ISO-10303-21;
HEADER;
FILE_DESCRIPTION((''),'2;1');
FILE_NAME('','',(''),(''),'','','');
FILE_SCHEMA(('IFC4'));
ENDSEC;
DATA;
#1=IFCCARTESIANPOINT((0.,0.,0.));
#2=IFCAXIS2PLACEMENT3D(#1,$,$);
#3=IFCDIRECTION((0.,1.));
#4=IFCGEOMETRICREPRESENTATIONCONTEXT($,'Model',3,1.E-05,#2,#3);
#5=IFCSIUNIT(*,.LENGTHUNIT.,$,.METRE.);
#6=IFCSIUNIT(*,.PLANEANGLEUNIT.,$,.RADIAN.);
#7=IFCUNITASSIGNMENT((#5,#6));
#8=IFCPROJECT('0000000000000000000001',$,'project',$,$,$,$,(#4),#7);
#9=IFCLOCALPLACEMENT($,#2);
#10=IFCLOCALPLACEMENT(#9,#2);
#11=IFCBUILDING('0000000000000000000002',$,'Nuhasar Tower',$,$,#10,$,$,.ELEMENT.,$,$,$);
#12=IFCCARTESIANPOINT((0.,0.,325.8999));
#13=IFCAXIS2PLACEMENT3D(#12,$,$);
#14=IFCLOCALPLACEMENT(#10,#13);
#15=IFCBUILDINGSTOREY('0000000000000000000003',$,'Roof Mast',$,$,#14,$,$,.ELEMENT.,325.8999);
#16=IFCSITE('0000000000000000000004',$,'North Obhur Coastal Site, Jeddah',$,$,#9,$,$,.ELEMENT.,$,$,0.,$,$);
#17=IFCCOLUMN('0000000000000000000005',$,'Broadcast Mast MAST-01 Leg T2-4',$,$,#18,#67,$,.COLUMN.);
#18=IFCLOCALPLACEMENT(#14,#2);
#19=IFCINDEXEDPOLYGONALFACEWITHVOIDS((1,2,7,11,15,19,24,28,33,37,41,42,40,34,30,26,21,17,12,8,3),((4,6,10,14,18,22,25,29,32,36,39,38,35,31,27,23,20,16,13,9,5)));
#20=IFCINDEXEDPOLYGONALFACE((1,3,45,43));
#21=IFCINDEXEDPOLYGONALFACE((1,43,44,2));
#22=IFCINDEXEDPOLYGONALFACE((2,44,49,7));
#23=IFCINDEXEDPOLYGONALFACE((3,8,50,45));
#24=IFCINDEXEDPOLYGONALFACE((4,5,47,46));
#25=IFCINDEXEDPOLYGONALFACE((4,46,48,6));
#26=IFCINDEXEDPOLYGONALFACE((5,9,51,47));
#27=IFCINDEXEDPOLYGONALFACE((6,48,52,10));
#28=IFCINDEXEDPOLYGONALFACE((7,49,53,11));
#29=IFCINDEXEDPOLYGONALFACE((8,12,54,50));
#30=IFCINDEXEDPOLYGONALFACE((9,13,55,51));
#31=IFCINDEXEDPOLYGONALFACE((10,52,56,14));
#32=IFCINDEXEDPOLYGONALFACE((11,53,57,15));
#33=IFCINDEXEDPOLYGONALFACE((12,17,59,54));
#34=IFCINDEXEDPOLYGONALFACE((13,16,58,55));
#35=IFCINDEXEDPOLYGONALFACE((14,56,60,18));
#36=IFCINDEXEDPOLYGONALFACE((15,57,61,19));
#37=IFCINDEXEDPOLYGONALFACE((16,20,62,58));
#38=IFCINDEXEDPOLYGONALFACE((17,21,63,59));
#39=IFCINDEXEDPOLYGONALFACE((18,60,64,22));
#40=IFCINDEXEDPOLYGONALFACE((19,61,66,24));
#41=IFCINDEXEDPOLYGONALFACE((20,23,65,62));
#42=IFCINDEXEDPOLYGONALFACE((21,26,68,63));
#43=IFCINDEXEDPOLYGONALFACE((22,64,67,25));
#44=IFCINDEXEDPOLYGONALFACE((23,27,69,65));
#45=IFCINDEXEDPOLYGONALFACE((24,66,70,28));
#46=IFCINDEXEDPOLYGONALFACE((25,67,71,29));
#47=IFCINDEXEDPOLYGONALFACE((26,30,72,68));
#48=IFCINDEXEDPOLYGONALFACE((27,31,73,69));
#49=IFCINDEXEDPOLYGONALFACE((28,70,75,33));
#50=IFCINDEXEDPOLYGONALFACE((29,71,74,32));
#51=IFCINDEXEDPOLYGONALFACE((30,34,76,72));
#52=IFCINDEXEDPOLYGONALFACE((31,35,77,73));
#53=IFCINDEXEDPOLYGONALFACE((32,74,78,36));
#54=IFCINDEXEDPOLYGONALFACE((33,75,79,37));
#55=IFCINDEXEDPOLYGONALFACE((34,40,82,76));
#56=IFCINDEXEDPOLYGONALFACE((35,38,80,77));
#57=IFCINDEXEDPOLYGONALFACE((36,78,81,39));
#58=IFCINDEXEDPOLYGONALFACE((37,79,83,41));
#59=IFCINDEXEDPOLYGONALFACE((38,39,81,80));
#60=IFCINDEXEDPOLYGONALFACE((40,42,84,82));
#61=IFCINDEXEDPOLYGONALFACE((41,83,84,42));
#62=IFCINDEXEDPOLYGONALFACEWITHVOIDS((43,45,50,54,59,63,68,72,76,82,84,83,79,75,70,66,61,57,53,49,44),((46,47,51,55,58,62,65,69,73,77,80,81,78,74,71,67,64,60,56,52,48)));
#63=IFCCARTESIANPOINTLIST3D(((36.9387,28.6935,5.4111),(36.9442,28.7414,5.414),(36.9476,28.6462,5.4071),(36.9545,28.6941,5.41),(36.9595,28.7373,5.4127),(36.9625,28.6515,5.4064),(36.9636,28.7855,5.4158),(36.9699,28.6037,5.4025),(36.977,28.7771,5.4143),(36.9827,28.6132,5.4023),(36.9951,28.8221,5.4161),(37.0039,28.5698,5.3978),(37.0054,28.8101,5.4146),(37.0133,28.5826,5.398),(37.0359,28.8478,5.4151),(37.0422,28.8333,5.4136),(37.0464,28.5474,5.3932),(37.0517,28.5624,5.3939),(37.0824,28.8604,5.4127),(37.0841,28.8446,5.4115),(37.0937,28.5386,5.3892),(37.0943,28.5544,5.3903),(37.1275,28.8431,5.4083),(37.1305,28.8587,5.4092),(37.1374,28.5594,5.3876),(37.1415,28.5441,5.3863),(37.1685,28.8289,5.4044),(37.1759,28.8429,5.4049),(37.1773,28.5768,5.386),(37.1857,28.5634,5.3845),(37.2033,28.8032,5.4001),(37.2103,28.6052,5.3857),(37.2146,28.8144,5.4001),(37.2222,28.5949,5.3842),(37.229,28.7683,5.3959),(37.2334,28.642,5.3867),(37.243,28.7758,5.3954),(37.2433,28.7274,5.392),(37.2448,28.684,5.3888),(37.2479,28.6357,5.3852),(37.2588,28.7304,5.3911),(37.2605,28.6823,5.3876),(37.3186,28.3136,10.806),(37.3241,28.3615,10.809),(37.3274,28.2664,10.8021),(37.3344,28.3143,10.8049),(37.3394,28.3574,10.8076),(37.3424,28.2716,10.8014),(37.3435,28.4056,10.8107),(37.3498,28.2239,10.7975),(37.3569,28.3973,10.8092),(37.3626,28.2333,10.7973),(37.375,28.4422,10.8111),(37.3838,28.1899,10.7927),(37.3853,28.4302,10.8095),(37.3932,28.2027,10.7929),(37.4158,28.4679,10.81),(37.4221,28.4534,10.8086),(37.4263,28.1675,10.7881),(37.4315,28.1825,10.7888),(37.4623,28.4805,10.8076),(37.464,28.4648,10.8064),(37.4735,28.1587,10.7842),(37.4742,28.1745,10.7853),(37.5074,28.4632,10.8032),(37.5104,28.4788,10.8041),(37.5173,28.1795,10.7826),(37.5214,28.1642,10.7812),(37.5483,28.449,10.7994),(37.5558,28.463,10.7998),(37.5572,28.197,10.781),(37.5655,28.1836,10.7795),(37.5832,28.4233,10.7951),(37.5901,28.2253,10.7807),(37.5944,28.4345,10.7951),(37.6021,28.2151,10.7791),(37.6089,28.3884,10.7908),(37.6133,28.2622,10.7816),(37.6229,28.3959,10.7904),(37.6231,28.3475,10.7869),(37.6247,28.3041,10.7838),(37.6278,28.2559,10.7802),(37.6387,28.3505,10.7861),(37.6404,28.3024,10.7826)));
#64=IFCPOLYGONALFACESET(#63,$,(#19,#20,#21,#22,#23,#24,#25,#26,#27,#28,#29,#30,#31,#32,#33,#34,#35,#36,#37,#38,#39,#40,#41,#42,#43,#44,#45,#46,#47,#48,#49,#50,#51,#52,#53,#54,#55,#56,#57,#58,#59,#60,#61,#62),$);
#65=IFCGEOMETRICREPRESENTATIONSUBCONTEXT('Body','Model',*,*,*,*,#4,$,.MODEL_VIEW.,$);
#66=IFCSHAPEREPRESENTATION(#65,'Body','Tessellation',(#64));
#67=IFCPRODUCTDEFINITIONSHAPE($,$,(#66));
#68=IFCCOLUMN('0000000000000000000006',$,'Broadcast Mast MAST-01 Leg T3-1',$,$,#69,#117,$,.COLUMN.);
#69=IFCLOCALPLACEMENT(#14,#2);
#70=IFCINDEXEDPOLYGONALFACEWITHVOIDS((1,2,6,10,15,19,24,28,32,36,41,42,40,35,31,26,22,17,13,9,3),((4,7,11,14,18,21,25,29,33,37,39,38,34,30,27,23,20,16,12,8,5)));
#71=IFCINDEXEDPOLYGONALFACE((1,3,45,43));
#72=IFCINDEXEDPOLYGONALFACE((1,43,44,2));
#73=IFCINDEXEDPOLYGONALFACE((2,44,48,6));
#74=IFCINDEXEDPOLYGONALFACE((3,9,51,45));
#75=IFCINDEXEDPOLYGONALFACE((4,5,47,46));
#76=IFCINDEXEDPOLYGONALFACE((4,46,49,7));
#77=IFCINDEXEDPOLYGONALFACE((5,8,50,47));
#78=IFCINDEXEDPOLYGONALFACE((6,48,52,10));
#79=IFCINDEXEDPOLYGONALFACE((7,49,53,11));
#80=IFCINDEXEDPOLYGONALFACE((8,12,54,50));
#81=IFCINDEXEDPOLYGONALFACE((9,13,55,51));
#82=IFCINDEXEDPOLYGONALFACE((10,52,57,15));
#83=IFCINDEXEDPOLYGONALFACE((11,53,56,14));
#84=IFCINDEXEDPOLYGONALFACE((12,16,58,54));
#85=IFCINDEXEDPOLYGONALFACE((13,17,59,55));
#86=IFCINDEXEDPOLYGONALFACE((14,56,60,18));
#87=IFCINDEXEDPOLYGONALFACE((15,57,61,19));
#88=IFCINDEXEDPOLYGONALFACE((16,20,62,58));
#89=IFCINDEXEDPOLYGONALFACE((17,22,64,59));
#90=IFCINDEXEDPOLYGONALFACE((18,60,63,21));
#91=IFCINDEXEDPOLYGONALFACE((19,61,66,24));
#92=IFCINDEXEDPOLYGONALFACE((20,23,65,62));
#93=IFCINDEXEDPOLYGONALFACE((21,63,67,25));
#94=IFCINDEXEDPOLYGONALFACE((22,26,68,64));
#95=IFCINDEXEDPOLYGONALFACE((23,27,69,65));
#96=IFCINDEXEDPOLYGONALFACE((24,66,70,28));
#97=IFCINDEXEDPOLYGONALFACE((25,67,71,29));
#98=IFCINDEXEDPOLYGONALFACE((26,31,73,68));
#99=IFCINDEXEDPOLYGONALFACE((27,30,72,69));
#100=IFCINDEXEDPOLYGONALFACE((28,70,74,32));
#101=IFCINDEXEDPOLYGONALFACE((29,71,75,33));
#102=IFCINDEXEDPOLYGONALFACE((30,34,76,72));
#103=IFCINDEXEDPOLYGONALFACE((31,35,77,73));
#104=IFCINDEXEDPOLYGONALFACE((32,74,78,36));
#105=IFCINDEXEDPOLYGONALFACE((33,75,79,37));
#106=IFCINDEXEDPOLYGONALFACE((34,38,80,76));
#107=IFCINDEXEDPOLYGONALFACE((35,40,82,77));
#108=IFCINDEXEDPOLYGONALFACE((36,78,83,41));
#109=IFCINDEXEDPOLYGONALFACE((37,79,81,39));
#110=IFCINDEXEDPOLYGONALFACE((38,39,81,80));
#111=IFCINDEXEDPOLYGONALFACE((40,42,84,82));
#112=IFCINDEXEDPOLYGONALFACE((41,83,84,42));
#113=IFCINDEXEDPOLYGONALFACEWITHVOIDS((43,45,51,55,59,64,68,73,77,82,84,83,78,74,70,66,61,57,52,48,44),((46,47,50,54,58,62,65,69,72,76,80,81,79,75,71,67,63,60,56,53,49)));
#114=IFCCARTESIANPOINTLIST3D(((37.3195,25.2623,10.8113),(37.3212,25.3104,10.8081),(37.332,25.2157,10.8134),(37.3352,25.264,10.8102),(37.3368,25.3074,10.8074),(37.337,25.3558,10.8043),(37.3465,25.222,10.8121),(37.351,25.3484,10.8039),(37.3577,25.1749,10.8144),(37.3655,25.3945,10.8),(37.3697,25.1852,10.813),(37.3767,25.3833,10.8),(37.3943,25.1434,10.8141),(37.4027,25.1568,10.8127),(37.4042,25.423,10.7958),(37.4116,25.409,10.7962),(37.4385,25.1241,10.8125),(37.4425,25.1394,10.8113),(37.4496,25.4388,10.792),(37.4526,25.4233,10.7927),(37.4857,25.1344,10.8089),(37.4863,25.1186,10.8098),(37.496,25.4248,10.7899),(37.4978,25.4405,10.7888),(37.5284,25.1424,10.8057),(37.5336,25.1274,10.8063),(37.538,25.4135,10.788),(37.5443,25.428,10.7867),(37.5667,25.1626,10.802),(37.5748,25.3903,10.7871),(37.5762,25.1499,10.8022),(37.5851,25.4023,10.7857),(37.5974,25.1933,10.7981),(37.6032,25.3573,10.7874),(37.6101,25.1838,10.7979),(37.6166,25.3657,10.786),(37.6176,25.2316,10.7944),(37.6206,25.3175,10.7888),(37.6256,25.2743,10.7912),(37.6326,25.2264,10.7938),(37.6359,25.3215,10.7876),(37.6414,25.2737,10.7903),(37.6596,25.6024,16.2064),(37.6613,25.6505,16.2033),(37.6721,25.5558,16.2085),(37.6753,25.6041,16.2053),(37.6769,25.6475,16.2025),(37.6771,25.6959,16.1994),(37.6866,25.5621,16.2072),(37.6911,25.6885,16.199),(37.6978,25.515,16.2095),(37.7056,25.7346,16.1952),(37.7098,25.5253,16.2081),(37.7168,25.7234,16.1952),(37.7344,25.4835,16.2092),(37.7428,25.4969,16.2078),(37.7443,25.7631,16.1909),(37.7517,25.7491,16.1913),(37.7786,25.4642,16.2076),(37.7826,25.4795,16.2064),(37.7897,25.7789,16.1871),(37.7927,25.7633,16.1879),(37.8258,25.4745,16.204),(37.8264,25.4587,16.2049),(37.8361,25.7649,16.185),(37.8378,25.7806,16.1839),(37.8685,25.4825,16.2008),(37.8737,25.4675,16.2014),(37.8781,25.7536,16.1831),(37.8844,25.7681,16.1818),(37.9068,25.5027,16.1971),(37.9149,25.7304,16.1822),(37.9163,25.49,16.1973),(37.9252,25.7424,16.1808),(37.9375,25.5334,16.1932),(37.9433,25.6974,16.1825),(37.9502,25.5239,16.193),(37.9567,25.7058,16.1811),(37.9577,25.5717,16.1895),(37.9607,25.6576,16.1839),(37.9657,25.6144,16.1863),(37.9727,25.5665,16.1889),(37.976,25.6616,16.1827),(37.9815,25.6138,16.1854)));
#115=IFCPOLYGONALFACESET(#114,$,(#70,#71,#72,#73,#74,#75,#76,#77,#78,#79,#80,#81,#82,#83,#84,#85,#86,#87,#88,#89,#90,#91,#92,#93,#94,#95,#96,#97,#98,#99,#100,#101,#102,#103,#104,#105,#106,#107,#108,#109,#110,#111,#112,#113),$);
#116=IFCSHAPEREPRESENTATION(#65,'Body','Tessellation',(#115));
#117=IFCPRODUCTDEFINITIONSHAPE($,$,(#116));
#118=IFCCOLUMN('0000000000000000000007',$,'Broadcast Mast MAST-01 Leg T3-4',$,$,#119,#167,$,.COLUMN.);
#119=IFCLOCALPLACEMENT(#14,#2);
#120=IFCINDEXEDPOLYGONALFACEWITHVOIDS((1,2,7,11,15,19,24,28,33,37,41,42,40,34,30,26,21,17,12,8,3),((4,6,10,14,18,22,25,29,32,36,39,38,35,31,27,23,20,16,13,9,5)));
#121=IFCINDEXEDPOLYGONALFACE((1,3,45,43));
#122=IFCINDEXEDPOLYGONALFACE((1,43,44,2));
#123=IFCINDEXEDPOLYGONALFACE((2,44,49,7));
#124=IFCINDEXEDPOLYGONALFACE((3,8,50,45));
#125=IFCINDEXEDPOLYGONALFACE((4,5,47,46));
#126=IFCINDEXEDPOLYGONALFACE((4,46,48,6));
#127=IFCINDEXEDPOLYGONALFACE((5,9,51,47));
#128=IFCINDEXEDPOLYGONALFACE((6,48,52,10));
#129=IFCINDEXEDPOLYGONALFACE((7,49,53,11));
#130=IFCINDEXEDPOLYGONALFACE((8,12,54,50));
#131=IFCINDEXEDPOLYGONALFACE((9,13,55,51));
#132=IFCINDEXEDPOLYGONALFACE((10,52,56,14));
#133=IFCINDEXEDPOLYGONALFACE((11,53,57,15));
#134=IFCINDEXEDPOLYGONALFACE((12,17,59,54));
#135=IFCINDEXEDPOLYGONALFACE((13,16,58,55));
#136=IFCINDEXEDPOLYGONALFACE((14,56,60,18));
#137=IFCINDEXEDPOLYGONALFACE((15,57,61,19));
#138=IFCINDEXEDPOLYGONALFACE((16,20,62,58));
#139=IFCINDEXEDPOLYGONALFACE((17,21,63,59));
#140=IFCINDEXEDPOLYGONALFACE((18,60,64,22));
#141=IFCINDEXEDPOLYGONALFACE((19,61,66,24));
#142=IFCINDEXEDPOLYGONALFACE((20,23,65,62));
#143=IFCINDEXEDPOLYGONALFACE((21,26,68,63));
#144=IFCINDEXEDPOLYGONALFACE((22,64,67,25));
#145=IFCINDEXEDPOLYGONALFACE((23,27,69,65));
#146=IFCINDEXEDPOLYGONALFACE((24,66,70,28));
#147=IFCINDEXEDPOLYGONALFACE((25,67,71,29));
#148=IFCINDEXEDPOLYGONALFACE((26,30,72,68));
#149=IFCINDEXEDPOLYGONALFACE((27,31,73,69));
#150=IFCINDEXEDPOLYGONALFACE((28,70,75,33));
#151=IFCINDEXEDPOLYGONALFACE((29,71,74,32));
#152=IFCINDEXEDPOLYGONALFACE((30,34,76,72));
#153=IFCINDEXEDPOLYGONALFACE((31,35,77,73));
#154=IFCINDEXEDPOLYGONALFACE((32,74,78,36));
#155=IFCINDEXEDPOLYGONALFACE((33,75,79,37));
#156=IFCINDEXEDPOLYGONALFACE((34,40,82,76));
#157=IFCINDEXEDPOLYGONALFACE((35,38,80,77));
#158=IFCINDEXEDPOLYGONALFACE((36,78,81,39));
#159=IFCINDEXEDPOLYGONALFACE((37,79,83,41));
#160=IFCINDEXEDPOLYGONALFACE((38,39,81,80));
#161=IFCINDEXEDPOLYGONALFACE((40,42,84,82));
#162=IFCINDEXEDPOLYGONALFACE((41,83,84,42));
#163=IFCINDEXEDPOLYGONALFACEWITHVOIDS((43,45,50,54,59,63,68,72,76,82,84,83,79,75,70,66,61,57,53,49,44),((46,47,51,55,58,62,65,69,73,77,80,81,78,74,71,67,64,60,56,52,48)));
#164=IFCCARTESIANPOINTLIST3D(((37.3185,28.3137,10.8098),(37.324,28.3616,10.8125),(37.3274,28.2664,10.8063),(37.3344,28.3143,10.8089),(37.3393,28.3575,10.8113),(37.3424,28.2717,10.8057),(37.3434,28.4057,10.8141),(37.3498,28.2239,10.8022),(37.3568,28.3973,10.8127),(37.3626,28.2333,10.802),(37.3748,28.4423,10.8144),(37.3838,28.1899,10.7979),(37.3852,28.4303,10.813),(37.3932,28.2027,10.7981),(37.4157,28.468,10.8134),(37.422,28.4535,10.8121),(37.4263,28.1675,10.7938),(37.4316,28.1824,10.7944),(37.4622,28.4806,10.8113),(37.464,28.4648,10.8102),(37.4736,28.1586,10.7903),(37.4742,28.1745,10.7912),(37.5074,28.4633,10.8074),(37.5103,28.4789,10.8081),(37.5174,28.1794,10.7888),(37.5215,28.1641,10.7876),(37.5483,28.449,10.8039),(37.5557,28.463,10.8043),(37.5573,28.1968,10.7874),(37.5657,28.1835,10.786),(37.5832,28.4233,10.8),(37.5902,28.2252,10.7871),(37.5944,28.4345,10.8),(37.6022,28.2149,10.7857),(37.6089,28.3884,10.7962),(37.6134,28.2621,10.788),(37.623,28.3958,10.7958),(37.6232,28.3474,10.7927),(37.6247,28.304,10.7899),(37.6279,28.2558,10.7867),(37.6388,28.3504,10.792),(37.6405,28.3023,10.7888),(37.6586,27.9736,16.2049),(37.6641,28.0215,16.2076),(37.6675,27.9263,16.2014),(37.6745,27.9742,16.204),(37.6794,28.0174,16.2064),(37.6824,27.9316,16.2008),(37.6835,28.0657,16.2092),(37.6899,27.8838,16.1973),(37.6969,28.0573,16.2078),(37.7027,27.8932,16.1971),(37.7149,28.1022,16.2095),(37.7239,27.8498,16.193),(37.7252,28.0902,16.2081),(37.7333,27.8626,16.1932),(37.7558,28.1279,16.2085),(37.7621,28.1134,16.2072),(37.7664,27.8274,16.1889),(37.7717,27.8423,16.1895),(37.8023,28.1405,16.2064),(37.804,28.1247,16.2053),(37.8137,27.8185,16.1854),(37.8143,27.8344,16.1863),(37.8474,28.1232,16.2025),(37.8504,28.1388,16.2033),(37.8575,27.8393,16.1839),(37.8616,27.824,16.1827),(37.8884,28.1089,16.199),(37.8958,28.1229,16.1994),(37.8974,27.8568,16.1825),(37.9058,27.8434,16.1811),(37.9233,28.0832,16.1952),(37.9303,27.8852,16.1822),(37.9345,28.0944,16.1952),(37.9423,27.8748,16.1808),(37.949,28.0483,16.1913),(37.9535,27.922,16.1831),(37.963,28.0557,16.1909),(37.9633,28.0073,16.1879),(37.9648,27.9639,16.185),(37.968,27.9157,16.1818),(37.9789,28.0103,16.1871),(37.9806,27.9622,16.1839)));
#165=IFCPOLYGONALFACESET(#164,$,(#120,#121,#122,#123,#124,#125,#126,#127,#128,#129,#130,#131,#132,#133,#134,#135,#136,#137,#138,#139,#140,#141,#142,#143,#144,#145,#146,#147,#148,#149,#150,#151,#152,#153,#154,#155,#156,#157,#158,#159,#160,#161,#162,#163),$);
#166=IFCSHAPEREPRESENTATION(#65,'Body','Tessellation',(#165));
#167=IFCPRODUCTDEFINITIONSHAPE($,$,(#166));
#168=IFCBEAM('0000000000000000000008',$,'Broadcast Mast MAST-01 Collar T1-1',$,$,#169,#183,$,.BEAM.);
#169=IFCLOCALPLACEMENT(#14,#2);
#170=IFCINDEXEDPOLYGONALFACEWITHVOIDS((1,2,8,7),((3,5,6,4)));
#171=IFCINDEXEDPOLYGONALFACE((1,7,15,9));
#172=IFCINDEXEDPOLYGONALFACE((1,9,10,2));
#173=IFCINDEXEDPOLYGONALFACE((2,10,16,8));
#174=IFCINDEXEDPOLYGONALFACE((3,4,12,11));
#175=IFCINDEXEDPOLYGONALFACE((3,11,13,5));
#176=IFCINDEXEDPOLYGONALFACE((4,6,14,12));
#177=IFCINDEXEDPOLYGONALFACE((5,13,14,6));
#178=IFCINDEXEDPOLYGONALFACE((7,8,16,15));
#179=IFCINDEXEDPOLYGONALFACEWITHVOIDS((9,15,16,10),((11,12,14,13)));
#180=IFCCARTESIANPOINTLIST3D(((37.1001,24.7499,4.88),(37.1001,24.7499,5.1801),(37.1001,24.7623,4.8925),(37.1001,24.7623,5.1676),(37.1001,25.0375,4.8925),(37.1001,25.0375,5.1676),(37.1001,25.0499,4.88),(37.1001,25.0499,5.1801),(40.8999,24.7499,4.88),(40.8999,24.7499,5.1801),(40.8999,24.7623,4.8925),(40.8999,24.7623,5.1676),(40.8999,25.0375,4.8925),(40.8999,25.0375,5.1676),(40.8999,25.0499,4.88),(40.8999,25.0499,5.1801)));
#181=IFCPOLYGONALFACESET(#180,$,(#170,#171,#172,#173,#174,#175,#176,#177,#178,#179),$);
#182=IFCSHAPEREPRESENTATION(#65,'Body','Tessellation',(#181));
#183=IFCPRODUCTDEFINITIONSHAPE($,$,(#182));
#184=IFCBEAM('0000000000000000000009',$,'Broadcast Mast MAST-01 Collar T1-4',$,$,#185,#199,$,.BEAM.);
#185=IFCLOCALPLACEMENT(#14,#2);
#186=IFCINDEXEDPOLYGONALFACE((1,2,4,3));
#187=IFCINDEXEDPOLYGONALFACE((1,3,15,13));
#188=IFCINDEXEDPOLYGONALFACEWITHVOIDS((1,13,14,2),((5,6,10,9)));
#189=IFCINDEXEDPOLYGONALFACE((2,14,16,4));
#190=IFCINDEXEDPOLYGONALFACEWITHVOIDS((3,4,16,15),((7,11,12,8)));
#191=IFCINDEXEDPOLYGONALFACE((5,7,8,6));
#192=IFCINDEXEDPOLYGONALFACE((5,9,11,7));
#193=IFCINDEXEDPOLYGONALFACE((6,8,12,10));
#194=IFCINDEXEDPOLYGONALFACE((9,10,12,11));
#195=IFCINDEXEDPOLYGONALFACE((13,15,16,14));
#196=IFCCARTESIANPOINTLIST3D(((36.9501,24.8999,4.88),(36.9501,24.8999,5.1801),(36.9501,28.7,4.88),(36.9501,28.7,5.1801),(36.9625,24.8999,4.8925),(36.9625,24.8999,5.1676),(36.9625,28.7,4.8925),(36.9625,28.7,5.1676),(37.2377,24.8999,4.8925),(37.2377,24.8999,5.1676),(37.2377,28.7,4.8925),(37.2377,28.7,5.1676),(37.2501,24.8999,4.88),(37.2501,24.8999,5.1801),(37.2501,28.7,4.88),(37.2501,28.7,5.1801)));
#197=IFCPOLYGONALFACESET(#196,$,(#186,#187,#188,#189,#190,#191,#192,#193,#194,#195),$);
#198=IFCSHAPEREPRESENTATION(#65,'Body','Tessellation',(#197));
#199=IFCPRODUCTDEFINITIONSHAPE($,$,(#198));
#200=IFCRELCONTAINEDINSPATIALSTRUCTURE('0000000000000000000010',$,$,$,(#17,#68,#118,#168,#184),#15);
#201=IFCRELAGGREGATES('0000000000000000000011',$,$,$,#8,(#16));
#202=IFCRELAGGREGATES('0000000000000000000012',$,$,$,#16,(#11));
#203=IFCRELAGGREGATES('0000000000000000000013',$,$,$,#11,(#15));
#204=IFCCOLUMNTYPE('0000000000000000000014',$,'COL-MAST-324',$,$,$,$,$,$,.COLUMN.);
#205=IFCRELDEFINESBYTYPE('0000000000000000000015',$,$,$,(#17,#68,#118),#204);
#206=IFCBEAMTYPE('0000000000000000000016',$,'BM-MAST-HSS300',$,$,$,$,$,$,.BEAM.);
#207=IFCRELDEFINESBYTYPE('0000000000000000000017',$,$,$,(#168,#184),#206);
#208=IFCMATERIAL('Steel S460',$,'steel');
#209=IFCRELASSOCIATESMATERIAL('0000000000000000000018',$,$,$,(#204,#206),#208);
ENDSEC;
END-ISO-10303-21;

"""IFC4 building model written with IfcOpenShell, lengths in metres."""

from ifc_helpers import new_model, si_unit, direction, frame, origin, origin_2d, place, context, subcontext, project, spatial, hollow_rectangle, hollow_circle, extrude, material, material_profile, profile_set, type_object, element, save


model = new_model("IFC4")

# Units and contexts
model_context = context("Model", 3, precision=1e-05, world=origin(), true_north=direction((0.0, 1.0)))
body_context = subcontext(model_context, "Body", "Model", "MODEL_VIEW")
ifc_project = project(units=[si_unit("LENGTHUNIT", "METRE"), si_unit("PLANEANGLEUNIT", "RADIAN")], contexts=[model_context])

# Site, building, storey
site_placement = place(None, origin())
site = spatial("IfcSite", under=ifc_project, at=site_placement, Name="North Obhur Coastal Site, Jeddah", CompositionType="ELEMENT", RefElevation=0.0)
building_placement = place(site_placement, origin())
building = spatial("IfcBuilding", under=site, at=building_placement, Name="Nuhasar Tower", CompositionType="ELEMENT")
storey_placement = place(building_placement, frame((0.0, 0.0, 325.8999)))
storey = spatial("IfcBuildingStorey", under=building, at=storey_placement, Name="Roof Mast", CompositionType="ELEMENT", Elevation=325.8999)

# Columns
ifc_material_1 = material(Name="Steel S460", Category="steel")
ifc_material_profile_1 = material_profile(ifc_material_1, hollow_circle(Radius=0.1619, WallThickness=0.0159, at=origin_2d()), Name="HSS323.9X15.9")
ifc_profile_set_1 = profile_set([ifc_material_profile_1], Name="Steel S460")
column_type = type_object("IfcColumnType", Name="COL-MAST-324", PredefinedType="COLUMN", material=ifc_profile_set_1)
for number, where, z_axis, x_axis, name in (
    (1, (37.1001, 28.7, 5.4001), (0.070067, -0.070067, 0.995078), (0.707107, 0.707107, 0.0), "Broadcast Mast MAST-01 Leg T2-4"),
):
    element("IfcColumn", number, at=place(storey_placement, frame(where, z_axis=z_axis, x_axis=x_axis)), inside=storey, type_object=column_type, Name=name, PredefinedType="COLUMN", context=body_context, shape_type="SweptSolid", body=[
        extrude(hollow_circle(Radius=0.1619, WallThickness=0.0159, at=origin_2d()), origin(), (0.0, 0.0, 1.0), 5.4216),
    ])
for number, where, z_axis, x_axis, name in (
    (2, (37.48, 25.28, 10.8), (0.062788, 0.062788, 0.99605), (-0.707107, 0.707107, 0.0), "Broadcast Mast MAST-01 Leg T3-1"),
    (3, (37.48, 28.3201, 10.8), (0.062788, -0.062788, 0.99605), (0.707107, 0.707107, 0.0), "Broadcast Mast MAST-01 Leg T3-4"),
):
    element("IfcColumn", number, at=place(storey_placement, frame(where, z_axis=z_axis, x_axis=x_axis)), inside=storey, type_object=column_type, Name=name, PredefinedType="COLUMN", context=body_context, shape_type="SweptSolid", body=[
        extrude(hollow_circle(Radius=0.1619, WallThickness=0.0159, at=origin_2d()), origin(), (0.0, 0.0, 1.0), 5.4165),
    ])

# Beams
ifc_material_profile_2 = material_profile(ifc_material_1, hollow_rectangle(XDim=0.3, YDim=0.3, WallThickness=0.0125, at=origin_2d()), Name="HSS300X300X12.5")
ifc_profile_set_2 = profile_set([ifc_material_profile_2], Name="Steel S460")
beam_type = type_object("IfcBeamType", Name="BM-MAST-HSS300", PredefinedType="BEAM", material=ifc_profile_set_2)
beam_1_placement = place(storey_placement, frame((37.1001, 24.8999, 5.03), z_axis=(1.0, 0.0, 0.0), x_axis=(0.0, 1.0, 0.0)))
element("IfcBeam", 4, at=beam_1_placement, inside=storey, type_object=beam_type, Name="Broadcast Mast MAST-01 Collar T1-1", PredefinedType="BEAM", context=body_context, shape_type="SweptSolid", body=[
    extrude(hollow_rectangle(XDim=0.3, YDim=0.3, WallThickness=0.0125, at=origin_2d()), origin(), (0.0, 0.0, 1.0), 3.7998),
])
beam_2_placement = place(storey_placement, frame((37.1001, 28.7, 5.03), z_axis=(0.0, -1.0, 0.0), x_axis=(1.0, 0.0, 0.0)))
element("IfcBeam", 5, at=beam_2_placement, inside=storey, type_object=beam_type, Name="Broadcast Mast MAST-01 Collar T1-4", PredefinedType="BEAM", context=body_context, shape_type="SweptSolid", body=[
    extrude(hollow_rectangle(XDim=0.3, YDim=0.3, WallThickness=0.0125, at=origin_2d()), origin(), (0.0, 0.0, 1.0), 3.8),
])

save(model, "model.ifc")
